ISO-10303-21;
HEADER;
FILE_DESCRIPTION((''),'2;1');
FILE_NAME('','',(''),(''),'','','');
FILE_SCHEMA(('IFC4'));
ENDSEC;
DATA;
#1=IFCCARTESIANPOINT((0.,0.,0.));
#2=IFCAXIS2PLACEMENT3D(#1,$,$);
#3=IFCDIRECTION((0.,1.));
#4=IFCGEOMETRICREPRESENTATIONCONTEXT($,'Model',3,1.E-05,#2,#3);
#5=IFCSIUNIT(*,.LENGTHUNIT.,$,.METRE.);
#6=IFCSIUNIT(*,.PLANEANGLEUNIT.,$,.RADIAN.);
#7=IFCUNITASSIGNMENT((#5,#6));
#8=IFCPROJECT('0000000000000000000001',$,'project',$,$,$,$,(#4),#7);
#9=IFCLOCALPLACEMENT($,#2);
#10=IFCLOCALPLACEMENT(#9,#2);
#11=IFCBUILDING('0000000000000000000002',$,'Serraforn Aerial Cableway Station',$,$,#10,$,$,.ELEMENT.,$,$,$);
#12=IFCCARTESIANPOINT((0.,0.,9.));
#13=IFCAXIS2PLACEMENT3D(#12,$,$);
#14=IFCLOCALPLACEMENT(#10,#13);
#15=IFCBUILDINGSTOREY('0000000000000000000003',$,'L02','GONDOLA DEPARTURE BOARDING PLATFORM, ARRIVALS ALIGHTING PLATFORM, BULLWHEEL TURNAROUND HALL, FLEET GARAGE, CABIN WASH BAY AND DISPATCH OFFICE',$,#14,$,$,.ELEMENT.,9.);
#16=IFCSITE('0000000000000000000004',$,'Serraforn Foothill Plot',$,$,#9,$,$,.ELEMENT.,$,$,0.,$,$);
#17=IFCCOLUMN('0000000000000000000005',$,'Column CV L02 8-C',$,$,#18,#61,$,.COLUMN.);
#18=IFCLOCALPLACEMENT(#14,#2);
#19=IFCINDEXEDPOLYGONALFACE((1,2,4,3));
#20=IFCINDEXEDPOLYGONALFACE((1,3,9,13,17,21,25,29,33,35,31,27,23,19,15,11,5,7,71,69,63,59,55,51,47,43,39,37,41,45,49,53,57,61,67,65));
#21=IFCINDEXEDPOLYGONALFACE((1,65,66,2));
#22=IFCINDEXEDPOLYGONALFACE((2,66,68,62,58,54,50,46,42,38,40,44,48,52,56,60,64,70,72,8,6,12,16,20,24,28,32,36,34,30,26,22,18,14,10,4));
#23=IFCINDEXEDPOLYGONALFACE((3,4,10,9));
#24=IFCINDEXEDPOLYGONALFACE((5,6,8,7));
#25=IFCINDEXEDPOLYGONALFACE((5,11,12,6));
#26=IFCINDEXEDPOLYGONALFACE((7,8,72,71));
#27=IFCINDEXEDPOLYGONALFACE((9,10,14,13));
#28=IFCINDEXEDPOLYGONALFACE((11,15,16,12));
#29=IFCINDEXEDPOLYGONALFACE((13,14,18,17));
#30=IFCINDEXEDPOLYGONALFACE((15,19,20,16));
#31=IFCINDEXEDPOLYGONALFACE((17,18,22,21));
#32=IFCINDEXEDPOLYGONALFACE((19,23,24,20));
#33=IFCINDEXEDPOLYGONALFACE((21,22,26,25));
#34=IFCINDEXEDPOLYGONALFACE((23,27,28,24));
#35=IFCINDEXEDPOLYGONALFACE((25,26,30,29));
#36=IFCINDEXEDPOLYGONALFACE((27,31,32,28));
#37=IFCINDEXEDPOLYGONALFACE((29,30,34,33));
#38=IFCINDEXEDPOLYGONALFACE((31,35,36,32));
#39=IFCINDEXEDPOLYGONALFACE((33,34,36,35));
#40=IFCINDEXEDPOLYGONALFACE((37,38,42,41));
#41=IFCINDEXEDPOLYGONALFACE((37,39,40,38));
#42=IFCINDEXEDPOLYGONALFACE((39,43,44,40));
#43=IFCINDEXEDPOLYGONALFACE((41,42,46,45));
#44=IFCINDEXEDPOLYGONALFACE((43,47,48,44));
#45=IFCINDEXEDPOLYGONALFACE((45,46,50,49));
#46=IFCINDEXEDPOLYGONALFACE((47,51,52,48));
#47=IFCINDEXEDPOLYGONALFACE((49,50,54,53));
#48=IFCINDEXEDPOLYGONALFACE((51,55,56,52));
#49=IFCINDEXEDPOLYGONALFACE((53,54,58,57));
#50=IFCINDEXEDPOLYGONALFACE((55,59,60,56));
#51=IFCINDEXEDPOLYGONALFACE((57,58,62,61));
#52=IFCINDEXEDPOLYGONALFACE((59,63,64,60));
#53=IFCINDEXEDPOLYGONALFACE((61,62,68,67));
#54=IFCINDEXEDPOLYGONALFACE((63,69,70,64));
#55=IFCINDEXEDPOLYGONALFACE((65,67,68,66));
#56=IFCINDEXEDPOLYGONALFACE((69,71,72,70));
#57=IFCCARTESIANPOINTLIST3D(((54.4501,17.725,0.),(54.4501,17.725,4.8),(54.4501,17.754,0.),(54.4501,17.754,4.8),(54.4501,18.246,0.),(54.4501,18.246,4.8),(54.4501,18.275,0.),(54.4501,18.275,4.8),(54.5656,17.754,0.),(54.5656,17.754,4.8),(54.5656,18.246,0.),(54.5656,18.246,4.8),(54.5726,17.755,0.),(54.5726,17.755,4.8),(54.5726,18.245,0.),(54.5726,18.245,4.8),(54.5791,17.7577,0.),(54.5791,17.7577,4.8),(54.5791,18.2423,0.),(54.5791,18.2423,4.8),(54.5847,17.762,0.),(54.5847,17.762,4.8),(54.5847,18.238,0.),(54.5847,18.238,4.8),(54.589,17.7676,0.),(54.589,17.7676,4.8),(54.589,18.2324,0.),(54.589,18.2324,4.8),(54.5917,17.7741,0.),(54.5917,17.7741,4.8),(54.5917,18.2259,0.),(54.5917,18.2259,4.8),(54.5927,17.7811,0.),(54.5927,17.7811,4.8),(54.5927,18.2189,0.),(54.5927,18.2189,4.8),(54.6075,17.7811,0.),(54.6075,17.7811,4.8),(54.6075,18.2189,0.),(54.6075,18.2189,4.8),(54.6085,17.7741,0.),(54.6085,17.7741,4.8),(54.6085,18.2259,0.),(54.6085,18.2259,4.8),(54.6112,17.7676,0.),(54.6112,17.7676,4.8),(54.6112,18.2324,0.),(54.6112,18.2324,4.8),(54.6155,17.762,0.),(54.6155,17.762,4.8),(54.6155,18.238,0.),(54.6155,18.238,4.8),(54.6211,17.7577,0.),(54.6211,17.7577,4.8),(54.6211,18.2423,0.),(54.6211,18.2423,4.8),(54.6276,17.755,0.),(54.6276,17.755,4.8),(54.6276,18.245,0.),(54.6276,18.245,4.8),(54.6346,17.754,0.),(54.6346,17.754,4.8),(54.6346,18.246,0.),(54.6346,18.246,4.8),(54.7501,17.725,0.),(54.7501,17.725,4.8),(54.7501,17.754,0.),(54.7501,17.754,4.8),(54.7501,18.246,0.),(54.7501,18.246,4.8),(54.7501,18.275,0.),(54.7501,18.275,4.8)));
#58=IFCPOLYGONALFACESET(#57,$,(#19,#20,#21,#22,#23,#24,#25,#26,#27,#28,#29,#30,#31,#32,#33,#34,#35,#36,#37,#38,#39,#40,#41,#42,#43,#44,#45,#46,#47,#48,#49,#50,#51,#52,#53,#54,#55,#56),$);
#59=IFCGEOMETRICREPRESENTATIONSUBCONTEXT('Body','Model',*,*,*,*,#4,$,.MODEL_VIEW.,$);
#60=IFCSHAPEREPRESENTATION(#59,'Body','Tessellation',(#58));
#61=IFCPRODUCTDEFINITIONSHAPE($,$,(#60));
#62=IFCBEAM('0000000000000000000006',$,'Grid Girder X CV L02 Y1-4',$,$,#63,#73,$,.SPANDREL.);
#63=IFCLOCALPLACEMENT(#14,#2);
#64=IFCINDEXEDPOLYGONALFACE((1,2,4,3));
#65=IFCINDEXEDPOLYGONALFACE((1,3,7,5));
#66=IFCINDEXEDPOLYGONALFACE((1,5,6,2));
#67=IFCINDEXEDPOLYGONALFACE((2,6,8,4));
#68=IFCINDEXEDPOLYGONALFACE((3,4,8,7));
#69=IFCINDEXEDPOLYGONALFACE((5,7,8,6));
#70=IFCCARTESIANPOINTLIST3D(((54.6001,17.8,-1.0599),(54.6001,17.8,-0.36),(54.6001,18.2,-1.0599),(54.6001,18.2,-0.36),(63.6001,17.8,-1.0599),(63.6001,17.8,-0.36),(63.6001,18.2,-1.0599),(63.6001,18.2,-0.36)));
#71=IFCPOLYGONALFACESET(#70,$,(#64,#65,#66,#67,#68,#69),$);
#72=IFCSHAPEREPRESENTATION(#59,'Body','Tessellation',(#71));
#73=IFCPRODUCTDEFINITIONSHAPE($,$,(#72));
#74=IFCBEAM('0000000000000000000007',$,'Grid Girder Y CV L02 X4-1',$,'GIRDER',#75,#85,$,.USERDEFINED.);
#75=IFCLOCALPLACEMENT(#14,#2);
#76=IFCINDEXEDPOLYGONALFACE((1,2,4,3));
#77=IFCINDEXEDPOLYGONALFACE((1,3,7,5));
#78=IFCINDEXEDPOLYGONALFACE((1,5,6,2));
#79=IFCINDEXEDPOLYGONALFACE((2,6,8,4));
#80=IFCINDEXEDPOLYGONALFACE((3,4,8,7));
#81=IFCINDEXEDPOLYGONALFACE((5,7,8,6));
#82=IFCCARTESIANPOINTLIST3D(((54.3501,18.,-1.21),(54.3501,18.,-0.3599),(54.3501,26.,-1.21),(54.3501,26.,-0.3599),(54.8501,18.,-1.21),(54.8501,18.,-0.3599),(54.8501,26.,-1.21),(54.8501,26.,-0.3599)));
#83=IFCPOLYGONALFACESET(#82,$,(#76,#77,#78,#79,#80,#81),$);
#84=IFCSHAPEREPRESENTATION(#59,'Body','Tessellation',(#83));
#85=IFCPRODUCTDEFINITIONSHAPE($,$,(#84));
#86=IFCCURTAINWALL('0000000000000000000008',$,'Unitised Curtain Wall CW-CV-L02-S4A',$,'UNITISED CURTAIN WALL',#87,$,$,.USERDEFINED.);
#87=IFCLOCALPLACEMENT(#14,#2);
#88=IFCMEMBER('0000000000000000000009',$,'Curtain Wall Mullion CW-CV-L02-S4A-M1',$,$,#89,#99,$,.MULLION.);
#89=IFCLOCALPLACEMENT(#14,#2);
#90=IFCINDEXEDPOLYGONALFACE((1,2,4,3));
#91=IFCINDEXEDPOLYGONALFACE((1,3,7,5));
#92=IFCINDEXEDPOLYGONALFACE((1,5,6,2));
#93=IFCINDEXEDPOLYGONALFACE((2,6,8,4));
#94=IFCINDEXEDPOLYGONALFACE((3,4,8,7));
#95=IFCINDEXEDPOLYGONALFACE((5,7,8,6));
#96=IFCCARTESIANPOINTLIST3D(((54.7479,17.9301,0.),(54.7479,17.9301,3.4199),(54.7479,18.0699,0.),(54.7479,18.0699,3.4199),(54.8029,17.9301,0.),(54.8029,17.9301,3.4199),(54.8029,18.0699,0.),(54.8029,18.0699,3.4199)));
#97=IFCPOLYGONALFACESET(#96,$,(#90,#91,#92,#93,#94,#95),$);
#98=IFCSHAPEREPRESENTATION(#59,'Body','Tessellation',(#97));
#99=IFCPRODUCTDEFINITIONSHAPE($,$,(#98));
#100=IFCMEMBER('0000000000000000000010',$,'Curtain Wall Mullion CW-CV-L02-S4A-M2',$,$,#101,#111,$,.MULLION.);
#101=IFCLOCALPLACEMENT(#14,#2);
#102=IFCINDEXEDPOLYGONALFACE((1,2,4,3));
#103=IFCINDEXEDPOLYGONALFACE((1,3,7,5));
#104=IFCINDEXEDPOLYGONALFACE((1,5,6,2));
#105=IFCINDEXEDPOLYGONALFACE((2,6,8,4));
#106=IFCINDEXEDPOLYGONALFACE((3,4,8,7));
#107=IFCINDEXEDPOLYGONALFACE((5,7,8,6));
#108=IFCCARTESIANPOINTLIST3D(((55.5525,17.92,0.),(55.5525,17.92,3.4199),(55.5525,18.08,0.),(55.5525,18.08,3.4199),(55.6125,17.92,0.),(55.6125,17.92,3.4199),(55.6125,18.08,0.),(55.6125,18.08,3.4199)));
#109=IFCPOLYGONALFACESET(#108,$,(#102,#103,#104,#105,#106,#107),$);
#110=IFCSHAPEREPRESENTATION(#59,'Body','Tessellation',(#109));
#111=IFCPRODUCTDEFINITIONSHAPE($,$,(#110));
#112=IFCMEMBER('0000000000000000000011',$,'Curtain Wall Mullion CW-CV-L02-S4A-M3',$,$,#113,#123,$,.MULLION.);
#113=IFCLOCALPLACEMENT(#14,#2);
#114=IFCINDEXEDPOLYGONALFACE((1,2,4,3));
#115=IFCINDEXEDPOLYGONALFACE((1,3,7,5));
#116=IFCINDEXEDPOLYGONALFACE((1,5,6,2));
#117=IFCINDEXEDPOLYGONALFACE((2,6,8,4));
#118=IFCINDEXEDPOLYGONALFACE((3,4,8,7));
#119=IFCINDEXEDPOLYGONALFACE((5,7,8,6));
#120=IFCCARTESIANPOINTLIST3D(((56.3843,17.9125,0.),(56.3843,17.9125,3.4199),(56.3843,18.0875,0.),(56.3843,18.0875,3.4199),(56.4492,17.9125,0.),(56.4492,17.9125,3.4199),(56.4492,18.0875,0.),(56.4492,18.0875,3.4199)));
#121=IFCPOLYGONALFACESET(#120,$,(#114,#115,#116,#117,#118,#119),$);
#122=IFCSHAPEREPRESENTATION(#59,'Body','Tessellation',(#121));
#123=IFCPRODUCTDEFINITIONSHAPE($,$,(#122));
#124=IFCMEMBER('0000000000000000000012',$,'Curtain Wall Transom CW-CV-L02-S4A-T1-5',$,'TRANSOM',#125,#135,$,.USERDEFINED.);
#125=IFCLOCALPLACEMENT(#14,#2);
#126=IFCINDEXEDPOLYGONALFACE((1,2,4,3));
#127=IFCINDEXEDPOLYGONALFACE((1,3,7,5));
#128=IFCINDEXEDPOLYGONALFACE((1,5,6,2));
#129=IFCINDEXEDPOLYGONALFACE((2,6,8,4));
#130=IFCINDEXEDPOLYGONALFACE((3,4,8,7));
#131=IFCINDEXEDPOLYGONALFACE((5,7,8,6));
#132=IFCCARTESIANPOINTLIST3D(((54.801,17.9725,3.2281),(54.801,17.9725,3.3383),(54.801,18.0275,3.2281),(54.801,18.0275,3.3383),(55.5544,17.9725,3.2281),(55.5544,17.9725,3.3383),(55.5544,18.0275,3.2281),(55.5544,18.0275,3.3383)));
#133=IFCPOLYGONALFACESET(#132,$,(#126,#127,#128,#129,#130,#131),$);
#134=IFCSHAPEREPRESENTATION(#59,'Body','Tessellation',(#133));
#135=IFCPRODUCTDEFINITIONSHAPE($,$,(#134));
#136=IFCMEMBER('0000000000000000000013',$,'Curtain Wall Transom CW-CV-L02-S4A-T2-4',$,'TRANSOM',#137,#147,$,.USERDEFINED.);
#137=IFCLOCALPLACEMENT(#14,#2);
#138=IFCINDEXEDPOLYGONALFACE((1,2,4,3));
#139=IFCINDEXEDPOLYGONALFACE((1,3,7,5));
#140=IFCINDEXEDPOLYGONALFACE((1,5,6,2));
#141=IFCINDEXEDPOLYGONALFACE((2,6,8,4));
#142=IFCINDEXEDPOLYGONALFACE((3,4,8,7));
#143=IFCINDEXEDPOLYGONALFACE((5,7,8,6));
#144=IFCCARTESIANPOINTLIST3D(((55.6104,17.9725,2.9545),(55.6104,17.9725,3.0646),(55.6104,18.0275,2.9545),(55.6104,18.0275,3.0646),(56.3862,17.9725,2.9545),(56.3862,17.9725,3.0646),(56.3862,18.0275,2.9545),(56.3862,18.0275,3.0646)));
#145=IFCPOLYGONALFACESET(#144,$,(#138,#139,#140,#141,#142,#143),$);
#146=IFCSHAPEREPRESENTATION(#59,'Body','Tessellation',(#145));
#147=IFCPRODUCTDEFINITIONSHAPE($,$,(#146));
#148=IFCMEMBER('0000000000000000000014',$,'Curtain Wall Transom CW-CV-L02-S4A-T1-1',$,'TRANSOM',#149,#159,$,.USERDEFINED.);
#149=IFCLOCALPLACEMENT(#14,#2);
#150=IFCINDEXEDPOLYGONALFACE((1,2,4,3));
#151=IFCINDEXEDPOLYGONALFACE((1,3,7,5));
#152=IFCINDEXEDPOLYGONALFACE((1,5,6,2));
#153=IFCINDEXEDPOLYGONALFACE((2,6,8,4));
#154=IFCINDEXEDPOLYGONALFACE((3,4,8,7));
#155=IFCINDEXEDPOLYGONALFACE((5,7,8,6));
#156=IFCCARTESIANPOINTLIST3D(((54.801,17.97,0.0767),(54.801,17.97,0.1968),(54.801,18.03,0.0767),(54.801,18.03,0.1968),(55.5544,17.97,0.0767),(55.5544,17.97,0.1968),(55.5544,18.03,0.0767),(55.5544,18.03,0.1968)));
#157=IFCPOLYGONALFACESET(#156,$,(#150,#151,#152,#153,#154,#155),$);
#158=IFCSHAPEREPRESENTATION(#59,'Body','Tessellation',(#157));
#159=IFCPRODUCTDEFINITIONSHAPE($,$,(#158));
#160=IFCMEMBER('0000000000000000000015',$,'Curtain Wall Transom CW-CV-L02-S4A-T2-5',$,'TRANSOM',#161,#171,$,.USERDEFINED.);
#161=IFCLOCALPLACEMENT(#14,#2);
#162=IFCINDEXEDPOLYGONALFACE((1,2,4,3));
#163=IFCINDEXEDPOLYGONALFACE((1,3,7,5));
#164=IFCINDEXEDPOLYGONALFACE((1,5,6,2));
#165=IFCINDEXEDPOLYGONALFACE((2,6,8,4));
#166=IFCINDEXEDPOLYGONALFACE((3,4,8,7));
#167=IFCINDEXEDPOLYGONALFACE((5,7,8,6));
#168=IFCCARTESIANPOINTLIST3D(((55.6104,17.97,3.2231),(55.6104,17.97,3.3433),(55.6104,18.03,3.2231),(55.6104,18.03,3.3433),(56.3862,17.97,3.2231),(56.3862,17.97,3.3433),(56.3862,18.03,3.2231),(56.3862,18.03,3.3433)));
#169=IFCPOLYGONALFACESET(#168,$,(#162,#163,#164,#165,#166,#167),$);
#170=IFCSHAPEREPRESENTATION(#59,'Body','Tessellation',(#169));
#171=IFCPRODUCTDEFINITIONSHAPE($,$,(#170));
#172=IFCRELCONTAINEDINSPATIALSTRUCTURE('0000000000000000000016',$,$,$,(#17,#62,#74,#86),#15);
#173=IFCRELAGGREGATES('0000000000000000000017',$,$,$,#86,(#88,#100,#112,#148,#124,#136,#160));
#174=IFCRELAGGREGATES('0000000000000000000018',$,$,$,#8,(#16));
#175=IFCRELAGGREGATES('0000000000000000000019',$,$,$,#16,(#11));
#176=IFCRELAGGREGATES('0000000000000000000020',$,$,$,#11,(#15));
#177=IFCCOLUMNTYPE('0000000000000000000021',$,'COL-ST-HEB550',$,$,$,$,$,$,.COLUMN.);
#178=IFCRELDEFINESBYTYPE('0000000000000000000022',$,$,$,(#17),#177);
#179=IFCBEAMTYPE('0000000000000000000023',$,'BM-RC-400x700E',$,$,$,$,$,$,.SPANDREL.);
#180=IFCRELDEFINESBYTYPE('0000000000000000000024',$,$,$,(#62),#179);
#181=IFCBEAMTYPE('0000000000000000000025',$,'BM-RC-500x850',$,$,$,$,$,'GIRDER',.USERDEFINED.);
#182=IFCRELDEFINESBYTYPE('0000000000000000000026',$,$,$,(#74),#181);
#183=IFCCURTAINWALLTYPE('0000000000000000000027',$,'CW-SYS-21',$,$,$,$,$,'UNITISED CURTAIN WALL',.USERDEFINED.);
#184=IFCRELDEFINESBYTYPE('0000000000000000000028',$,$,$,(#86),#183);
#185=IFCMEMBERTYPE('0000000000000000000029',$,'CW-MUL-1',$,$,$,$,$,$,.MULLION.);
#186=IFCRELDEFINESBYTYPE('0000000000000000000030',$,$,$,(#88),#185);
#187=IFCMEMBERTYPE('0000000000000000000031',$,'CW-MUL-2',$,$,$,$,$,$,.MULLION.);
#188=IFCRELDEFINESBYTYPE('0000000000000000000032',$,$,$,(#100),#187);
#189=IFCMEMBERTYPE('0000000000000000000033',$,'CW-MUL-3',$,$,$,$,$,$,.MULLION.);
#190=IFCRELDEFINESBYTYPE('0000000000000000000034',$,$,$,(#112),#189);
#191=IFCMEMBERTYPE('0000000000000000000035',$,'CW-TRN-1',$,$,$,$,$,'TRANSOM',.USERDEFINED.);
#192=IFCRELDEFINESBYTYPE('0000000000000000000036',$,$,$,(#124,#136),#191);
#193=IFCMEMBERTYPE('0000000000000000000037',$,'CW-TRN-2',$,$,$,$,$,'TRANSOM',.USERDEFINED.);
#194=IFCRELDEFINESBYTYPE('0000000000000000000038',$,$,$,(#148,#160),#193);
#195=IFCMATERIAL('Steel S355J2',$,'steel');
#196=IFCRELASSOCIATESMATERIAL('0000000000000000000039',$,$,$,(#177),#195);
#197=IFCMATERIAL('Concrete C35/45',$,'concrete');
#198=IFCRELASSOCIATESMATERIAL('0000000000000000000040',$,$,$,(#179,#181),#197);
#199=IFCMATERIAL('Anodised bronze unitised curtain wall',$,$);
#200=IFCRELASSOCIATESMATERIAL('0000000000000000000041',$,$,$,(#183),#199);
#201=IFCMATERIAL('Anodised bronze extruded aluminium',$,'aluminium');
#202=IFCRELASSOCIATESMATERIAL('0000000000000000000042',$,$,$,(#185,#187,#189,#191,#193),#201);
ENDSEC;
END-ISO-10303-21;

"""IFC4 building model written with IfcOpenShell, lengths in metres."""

from ifc_helpers import new_model, si_unit, direction, frame, origin, origin_2d, place, context, subcontext, project, spatial, rectangle, i_section, extrude, material, material_profile, profile_set, type_object, element, aggregate, save


model = new_model("IFC4")

# Units and contexts
model_context = context("Model", 3, precision=1e-05, world=origin(), true_north=direction((0.0, 1.0)))
body_context = subcontext(model_context, "Body", "Model", "MODEL_VIEW")
ifc_project = project(units=[si_unit("LENGTHUNIT", "METRE"), si_unit("PLANEANGLEUNIT", "RADIAN")], contexts=[model_context])

# Site, building, storey
site_placement = place(None, origin())
site = spatial("IfcSite", under=ifc_project, at=site_placement, Name="Serraforn Foothill Plot", CompositionType="ELEMENT", RefElevation=0.0)
building_placement = place(site_placement, origin())
building = spatial("IfcBuilding", under=site, at=building_placement, Name="Serraforn Aerial Cableway Station", CompositionType="ELEMENT")
storey_placement = place(building_placement, frame((0.0, 0.0, 9.0)))
storey = spatial("IfcBuildingStorey", under=building, at=storey_placement, Name="L02", Description="GONDOLA DEPARTURE BOARDING PLATFORM, ARRIVALS ALIGHTING PLATFORM, BULLWHEEL TURNAROUND HALL, FLEET GARAGE, CABIN WASH BAY AND DISPATCH OFFICE", CompositionType="ELEMENT", Elevation=9.0)

# Column
ifc_material_1 = material(Name="Steel S355J2", Category="steel")
ifc_material_profile_1 = material_profile(ifc_material_1, i_section(OverallWidth=0.3, OverallDepth=0.55, WebThickness=0.0149, FlangeThickness=0.0291, FilletRadius=0.0271, at=origin_2d()), Name="HEB 550")
ifc_profile_set_1 = profile_set([ifc_material_profile_1], Name="Steel S355J2")
column_type = type_object("IfcColumnType", Name="COL-ST-HEB550", PredefinedType="COLUMN", material=ifc_profile_set_1)
column_placement = place(storey_placement, frame((54.6001, 18.0, 0.0), z_axis=(0.0, 0.0, 1.0), x_axis=(1.0, 0.0, 0.0)))
element("IfcColumn", 1, at=column_placement, inside=storey, type_object=column_type, Name="Column CV L02 8-C", PredefinedType="COLUMN", context=body_context, shape_type="SweptSolid", body=[
    extrude(i_section(OverallWidth=0.3, OverallDepth=0.55, WebThickness=0.0149, FlangeThickness=0.0291, FilletRadius=0.0271, at=origin_2d()), origin(), (0.0, 0.0, 1.0), 4.8),
])

# Beams
ifc_material_2 = material(Name="Concrete C35/45", Category="concrete")
ifc_material_profile_2 = material_profile(ifc_material_2, rectangle(XDim=0.3999, YDim=0.7, at=origin_2d()), Name="RC 400x700")
ifc_profile_set_2 = profile_set([ifc_material_profile_2], Name="Concrete C35/45")
beam_type_1 = type_object("IfcBeamType", Name="BM-RC-400x700E", PredefinedType="SPANDREL", material=ifc_profile_set_2)
beam_1_placement = place(storey_placement, frame((54.6001, 18.0, -0.71), z_axis=(1.0, 0.0, 0.0), x_axis=(0.0, 1.0, 0.0)))
element("IfcBeam", 2, at=beam_1_placement, inside=storey, type_object=beam_type_1, Name="Grid Girder X CV L02 Y1-4", PredefinedType="SPANDREL", context=body_context, shape_type="SweptSolid", body=[
    extrude(rectangle(XDim=0.3999, YDim=0.7, at=origin_2d()), origin(), (0.0, 0.0, 1.0), 9.0),
])
ifc_material_profile_3 = material_profile(ifc_material_2, rectangle(XDim=0.5, YDim=0.8501, at=origin_2d()), Name="RC 500x850")
ifc_profile_set_3 = profile_set([ifc_material_profile_3], Name="Concrete C35/45")
beam_type_2 = type_object("IfcBeamType", Name="BM-RC-500x850", ElementType="GIRDER", PredefinedType="USERDEFINED", material=ifc_profile_set_3)
beam_2_placement = place(storey_placement, frame((54.6001, 18.0, -0.7849), z_axis=(0.0, 1.0, 0.0), x_axis=(-1.0, 0.0, 0.0)))
element("IfcBeam", 3, at=beam_2_placement, inside=storey, type_object=beam_type_2, Name="Grid Girder Y CV L02 X4-1", ObjectType="GIRDER", PredefinedType="USERDEFINED", context=body_context, shape_type="SweptSolid", body=[
    extrude(rectangle(XDim=0.5, YDim=0.8501, at=origin_2d()), origin(), (0.0, 0.0, 1.0), 8.0),
])

# Curtain wall, members
ifc_material_3 = material(Name="Anodised bronze unitised curtain wall")
curtain_wall_type = type_object("IfcCurtainWallType", Name="CW-SYS-21", ElementType="UNITISED CURTAIN WALL", PredefinedType="USERDEFINED", material=ifc_material_3)
curtain_wall_placement = place(storey_placement, origin())
curtain_wall = element("IfcCurtainWall", 4, at=curtain_wall_placement, inside=storey, type_object=curtain_wall_type, Name="Unitised Curtain Wall CW-CV-L02-S4A", ObjectType="UNITISED CURTAIN WALL", PredefinedType="USERDEFINED")
ifc_material_4 = material(Name="Anodised bronze extruded aluminium", Category="aluminium")
ifc_material_profile_4 = material_profile(ifc_material_4, rectangle(XDim=0.0549, YDim=0.1399, at=origin_2d()), Name="CW MULLION 55x140")
ifc_profile_set_4 = profile_set([ifc_material_profile_4], Name="Anodised bronze extruded aluminium")
member_type_1 = type_object("IfcMemberType", Name="CW-MUL-1", PredefinedType="MULLION", material=ifc_profile_set_4)
member_1_placement = place(storey_placement, frame((54.7754, 18.0, 0.0), z_axis=(0.0, 0.0, 1.0), x_axis=(1.0, 0.0, 0.0)))
member_1 = element("IfcMember", 5, at=member_1_placement, type_object=member_type_1, Name="Curtain Wall Mullion CW-CV-L02-S4A-M1", PredefinedType="MULLION", context=body_context, shape_type="SweptSolid", body=[
    extrude(rectangle(XDim=0.0549, YDim=0.1399, at=origin_2d()), origin(), (0.0, 0.0, 1.0), 3.4199),
])
ifc_material_profile_5 = material_profile(ifc_material_4, rectangle(XDim=0.0601, YDim=0.1599, at=origin_2d()), Name="CW MULLION 60x160")
ifc_profile_set_5 = profile_set([ifc_material_profile_5], Name="Anodised bronze extruded aluminium")
member_type_2 = type_object("IfcMemberType", Name="CW-MUL-2", PredefinedType="MULLION", material=ifc_profile_set_5)
member_2_placement = place(storey_placement, frame((55.5825, 18.0, 0.0), z_axis=(0.0, 0.0, 1.0), x_axis=(1.0, 0.0, 0.0)))
member_2 = element("IfcMember", 6, at=member_2_placement, type_object=member_type_2, Name="Curtain Wall Mullion CW-CV-L02-S4A-M2", PredefinedType="MULLION", context=body_context, shape_type="SweptSolid", body=[
    extrude(rectangle(XDim=0.0601, YDim=0.1599, at=origin_2d()), origin(), (0.0, 0.0, 1.0), 3.4199),
])
ifc_material_profile_6 = material_profile(ifc_material_4, rectangle(XDim=0.0649, YDim=0.175, at=origin_2d()), Name="CW MULLION 65x175")
ifc_profile_set_6 = profile_set([ifc_material_profile_6], Name="Anodised bronze extruded aluminium")
member_type_3 = type_object("IfcMemberType", Name="CW-MUL-3", PredefinedType="MULLION", material=ifc_profile_set_6)
member_3_placement = place(storey_placement, frame((56.4167, 18.0, 0.0), z_axis=(0.0, 0.0, 1.0), x_axis=(1.0, 0.0, 0.0)))
member_3 = element("IfcMember", 7, at=member_3_placement, type_object=member_type_3, Name="Curtain Wall Mullion CW-CV-L02-S4A-M3", PredefinedType="MULLION", context=body_context, shape_type="SweptSolid", body=[
    extrude(rectangle(XDim=0.0649, YDim=0.175, at=origin_2d()), origin(), (0.0, 0.0, 1.0), 3.4199),
])
ifc_material_profile_7 = material_profile(ifc_material_4, rectangle(XDim=0.0549, YDim=0.1101, at=origin_2d()), Name="CW TRANSOM 55x110")
ifc_profile_set_7 = profile_set([ifc_material_profile_7], Name="Anodised bronze extruded aluminium")
member_type_4 = type_object("IfcMemberType", Name="CW-TRN-1", ElementType="TRANSOM", PredefinedType="USERDEFINED", material=ifc_profile_set_7)
member_4_placement = place(storey_placement, frame((54.801, 18.0, 3.2832), z_axis=(1.0, 0.0, 0.0), x_axis=(0.0, 1.0, 0.0)))
member_4 = element("IfcMember", 8, at=member_4_placement, type_object=member_type_4, Name="Curtain Wall Transom CW-CV-L02-S4A-T1-5", ObjectType="TRANSOM", PredefinedType="USERDEFINED", context=body_context, shape_type="SweptSolid", body=[
    extrude(rectangle(XDim=0.0549, YDim=0.1101, at=origin_2d()), origin(), (0.0, 0.0, 1.0), 0.7534),
])
member_5_placement = place(storey_placement, frame((55.6104, 18.0, 3.0095), z_axis=(1.0, 0.0, 0.0), x_axis=(0.0, 1.0, 0.0)))
member_5 = element("IfcMember", 9, at=member_5_placement, type_object=member_type_4, Name="Curtain Wall Transom CW-CV-L02-S4A-T2-4", ObjectType="TRANSOM", PredefinedType="USERDEFINED", context=body_context, shape_type="SweptSolid", body=[
    extrude(rectangle(XDim=0.0549, YDim=0.1101, at=origin_2d()), origin(), (0.0, 0.0, 1.0), 0.7759),
])
ifc_material_profile_8 = material_profile(ifc_material_4, rectangle(XDim=0.0601, YDim=0.1201, at=origin_2d()), Name="CW TRANSOM 60x120")
ifc_profile_set_8 = profile_set([ifc_material_profile_8], Name="Anodised bronze extruded aluminium")
member_type_5 = type_object("IfcMemberType", Name="CW-TRN-2", ElementType="TRANSOM", PredefinedType="USERDEFINED", material=ifc_profile_set_8)
member_6_placement = place(storey_placement, frame((54.801, 18.0, 0.1367), z_axis=(1.0, 0.0, 0.0), x_axis=(0.0, 1.0, 0.0)))
member_6 = element("IfcMember", 10, at=member_6_placement, type_object=member_type_5, Name="Curtain Wall Transom CW-CV-L02-S4A-T1-1", ObjectType="TRANSOM", PredefinedType="USERDEFINED", context=body_context, shape_type="SweptSolid", body=[
    extrude(rectangle(XDim=0.0601, YDim=0.1201, at=origin_2d()), origin(), (0.0, 0.0, 1.0), 0.7534),
])
member_7_placement = place(storey_placement, frame((55.6104, 18.0, 3.2832), z_axis=(1.0, 0.0, 0.0), x_axis=(0.0, 1.0, 0.0)))
member_7 = element("IfcMember", 11, at=member_7_placement, type_object=member_type_5, Name="Curtain Wall Transom CW-CV-L02-S4A-T2-5", ObjectType="TRANSOM", PredefinedType="USERDEFINED", context=body_context, shape_type="SweptSolid", body=[
    extrude(rectangle(XDim=0.0601, YDim=0.1201, at=origin_2d()), origin(), (0.0, 0.0, 1.0), 0.7759),
])

aggregate(curtain_wall, [member_1, member_2, member_3, member_6, member_4, member_5, member_7])

save(model, "model.ifc")
